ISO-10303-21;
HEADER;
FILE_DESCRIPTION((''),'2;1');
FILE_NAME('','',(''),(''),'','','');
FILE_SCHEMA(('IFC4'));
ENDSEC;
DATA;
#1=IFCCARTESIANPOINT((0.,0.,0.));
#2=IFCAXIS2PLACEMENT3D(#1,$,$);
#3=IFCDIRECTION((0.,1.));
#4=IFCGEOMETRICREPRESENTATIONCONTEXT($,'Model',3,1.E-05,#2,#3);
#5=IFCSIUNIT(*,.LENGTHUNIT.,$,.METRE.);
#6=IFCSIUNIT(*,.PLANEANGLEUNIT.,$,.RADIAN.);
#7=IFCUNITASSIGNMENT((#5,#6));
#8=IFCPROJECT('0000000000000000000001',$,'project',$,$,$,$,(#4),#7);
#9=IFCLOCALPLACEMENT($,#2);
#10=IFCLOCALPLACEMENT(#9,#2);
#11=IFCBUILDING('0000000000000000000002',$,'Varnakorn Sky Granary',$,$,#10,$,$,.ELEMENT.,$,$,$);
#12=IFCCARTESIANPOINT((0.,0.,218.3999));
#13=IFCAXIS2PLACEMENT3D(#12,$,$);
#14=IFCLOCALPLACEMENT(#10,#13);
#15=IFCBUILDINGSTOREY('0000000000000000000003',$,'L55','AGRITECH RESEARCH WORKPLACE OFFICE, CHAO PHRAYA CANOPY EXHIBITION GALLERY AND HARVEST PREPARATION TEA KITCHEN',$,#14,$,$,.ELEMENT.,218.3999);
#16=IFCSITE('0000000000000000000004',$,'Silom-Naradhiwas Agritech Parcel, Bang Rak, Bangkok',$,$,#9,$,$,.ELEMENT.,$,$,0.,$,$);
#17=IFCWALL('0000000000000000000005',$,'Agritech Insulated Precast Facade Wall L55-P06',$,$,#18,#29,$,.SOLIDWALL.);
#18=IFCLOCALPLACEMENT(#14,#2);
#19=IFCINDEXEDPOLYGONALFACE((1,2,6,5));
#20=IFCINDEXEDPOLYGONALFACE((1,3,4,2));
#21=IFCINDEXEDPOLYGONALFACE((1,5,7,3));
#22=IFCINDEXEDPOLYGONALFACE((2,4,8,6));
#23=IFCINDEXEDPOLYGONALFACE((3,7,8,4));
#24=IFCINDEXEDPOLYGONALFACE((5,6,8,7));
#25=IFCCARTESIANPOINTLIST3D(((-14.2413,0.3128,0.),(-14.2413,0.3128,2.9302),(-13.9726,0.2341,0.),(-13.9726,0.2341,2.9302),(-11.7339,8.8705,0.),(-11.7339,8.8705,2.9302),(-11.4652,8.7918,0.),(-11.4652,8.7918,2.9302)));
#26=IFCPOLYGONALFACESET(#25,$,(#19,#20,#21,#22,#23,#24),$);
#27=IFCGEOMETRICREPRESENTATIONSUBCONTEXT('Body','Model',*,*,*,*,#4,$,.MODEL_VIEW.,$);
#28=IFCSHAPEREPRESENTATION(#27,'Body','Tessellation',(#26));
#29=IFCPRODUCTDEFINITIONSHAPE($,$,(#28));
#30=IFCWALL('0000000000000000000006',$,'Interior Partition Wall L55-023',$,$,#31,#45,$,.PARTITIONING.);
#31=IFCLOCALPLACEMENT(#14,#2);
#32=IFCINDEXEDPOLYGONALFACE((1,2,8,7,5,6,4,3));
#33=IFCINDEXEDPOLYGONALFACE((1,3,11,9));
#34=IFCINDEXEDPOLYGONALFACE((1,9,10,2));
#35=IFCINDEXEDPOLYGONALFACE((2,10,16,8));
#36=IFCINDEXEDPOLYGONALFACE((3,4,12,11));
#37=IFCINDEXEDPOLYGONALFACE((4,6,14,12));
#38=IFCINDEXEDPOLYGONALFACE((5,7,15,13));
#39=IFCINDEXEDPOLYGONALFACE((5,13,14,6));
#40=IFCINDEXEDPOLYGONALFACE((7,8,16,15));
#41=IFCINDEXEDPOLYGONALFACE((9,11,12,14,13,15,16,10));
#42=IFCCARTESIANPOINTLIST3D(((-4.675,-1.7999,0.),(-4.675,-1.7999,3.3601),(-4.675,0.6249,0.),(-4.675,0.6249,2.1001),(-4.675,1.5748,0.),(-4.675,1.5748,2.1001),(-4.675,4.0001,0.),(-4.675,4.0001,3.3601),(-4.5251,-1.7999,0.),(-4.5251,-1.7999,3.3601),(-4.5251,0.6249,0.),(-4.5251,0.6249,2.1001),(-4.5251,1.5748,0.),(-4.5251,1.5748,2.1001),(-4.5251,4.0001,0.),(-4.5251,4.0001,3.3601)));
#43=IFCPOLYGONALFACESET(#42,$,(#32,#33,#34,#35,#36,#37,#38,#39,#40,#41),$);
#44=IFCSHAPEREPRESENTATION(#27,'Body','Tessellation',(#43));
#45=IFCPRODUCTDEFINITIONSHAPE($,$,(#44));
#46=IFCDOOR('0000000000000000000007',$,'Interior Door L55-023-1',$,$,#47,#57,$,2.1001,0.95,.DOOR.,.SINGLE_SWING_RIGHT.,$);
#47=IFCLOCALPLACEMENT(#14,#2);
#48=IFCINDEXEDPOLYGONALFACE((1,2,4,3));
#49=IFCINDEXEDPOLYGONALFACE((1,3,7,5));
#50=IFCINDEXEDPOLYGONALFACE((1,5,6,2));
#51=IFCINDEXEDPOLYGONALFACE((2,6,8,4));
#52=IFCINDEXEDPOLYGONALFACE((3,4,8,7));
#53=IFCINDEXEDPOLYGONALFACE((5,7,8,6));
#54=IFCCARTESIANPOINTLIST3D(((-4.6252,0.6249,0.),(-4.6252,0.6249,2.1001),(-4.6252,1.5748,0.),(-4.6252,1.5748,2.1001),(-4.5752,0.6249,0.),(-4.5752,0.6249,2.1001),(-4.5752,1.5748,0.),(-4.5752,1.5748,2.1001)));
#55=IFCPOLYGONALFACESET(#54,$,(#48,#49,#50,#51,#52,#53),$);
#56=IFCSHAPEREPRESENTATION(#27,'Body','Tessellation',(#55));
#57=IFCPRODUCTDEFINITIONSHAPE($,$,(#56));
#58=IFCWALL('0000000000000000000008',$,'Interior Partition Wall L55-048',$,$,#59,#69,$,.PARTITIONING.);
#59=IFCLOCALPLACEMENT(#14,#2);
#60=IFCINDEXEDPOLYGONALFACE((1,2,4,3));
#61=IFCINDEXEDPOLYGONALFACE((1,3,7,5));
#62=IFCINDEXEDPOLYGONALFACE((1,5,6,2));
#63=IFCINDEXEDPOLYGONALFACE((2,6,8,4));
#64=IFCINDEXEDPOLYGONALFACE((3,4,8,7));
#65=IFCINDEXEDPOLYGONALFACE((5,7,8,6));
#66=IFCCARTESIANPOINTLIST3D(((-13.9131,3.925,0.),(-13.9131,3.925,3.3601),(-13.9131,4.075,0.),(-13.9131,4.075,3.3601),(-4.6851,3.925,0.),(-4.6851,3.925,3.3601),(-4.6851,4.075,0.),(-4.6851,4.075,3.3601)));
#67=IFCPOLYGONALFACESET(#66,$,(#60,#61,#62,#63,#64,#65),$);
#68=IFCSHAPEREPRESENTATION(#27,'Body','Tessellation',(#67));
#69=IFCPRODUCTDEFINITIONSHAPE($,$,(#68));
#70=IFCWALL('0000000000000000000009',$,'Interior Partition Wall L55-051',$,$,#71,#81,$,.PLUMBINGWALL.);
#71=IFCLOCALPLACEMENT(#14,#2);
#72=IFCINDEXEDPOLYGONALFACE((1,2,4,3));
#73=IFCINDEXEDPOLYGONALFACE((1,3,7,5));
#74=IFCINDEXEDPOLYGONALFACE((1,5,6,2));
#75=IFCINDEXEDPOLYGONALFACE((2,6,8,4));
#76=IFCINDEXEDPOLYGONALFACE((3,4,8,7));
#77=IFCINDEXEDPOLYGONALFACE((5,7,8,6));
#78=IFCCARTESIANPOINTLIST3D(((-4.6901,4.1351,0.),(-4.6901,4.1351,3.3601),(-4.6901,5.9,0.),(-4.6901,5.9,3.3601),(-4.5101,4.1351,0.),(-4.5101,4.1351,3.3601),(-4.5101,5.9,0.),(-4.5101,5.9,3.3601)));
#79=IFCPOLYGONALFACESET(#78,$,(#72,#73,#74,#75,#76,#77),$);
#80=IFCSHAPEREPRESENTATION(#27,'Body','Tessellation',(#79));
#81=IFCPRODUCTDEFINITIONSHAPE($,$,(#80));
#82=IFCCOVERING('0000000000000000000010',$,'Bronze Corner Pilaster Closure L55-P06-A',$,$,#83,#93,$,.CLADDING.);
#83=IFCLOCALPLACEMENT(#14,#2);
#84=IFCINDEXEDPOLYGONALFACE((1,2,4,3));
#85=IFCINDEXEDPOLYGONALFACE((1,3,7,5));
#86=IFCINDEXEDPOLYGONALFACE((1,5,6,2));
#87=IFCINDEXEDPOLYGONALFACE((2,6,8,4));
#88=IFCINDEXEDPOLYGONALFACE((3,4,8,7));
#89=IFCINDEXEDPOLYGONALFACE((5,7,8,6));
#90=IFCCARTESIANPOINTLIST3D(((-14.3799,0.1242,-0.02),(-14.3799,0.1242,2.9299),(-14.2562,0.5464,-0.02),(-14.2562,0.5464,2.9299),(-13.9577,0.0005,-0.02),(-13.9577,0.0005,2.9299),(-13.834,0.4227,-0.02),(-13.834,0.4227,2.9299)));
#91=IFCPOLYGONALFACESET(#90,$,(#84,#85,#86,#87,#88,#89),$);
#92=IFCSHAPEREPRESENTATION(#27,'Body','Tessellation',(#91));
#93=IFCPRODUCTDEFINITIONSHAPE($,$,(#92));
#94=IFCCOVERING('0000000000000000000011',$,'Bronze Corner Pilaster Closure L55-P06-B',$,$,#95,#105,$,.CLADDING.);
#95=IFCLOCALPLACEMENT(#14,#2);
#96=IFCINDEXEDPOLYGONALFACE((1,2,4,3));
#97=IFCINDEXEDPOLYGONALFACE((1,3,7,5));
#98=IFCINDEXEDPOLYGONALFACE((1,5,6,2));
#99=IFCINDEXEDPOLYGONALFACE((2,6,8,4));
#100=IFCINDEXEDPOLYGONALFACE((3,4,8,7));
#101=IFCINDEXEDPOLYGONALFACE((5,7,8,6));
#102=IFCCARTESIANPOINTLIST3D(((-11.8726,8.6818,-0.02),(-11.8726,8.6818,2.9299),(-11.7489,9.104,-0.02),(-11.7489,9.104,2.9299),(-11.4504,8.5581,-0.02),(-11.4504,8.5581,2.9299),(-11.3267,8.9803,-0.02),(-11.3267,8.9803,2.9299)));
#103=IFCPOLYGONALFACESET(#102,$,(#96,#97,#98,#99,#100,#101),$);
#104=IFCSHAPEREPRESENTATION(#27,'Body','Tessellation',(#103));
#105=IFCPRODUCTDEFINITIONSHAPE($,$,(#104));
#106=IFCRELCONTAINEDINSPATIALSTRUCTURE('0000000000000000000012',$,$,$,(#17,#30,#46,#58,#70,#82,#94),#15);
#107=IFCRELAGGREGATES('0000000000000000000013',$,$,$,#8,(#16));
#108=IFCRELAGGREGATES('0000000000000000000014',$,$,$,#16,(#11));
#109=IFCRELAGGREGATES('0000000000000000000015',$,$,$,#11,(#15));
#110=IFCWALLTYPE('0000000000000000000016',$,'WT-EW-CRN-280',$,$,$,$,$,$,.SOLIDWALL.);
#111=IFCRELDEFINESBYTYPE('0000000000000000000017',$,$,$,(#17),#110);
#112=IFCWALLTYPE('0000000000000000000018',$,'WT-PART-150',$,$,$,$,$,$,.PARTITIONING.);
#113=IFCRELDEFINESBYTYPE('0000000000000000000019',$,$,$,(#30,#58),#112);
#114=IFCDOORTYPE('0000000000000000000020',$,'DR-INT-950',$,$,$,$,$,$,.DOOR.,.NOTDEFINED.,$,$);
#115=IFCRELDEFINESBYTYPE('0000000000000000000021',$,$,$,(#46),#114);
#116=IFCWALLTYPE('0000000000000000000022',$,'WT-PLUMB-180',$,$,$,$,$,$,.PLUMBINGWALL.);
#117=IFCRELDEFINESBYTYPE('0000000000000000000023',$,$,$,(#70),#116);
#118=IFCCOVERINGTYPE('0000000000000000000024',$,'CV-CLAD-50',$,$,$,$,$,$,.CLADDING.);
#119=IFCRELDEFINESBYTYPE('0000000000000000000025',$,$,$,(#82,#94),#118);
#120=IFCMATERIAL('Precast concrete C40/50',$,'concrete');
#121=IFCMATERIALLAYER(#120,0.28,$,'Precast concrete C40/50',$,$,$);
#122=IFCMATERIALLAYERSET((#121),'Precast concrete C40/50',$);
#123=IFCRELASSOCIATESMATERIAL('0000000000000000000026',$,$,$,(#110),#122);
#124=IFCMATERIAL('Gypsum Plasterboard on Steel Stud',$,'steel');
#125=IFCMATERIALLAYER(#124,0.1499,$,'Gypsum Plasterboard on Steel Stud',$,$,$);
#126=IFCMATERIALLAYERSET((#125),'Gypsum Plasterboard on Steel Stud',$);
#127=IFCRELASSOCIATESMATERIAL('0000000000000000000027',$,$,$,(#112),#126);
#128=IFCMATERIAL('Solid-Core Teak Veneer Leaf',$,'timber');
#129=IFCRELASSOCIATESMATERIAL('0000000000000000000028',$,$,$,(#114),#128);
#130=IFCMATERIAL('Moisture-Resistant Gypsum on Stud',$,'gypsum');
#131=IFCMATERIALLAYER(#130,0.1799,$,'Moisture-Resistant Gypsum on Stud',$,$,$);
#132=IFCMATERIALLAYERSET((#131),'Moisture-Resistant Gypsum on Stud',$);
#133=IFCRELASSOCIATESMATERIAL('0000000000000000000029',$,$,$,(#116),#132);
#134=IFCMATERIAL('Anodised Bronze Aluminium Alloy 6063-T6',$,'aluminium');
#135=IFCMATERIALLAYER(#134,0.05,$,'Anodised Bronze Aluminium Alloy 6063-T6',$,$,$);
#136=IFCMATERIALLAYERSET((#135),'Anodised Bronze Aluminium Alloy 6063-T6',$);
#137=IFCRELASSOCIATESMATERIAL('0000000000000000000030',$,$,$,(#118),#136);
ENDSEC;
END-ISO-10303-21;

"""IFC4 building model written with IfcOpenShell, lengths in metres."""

from ifc_helpers import new_model, si_unit, direction, frame, frame_2d, origin, origin_2d, place, context, subcontext, project, spatial, rectangle, extrude, source, transform, mapped, material, layer, layer_set, type_object, type_shapes, element, fill, save


model = new_model("IFC4")

# Units and contexts
model_context = context("Model", 3, precision=1e-05, world=origin(), true_north=direction((0.0, 1.0)))
body_context = subcontext(model_context, "Body", "Model", "MODEL_VIEW")
ifc_project = project(units=[si_unit("LENGTHUNIT", "METRE"), si_unit("PLANEANGLEUNIT", "RADIAN")], contexts=[model_context])

# Site, building, storey
site_placement = place(None, origin())
site = spatial("IfcSite", under=ifc_project, at=site_placement, Name="Silom-Naradhiwas Agritech Parcel, Bang Rak, Bangkok", CompositionType="ELEMENT", RefElevation=0.0)
building_placement = place(site_placement, origin())
building = spatial("IfcBuilding", under=site, at=building_placement, Name="Varnakorn Sky Granary", CompositionType="ELEMENT")
storey_placement = place(building_placement, frame((0.0, 0.0, 218.3999)))
storey = spatial("IfcBuildingStorey", under=building, at=storey_placement, Name="L55", Description="AGRITECH RESEARCH WORKPLACE OFFICE, CHAO PHRAYA CANOPY EXHIBITION GALLERY AND HARVEST PREPARATION TEA KITCHEN", CompositionType="ELEMENT", Elevation=218.3999)

# Shared definitions
ifc_material_1 = material(Name="Anodised Bronze Aluminium Alloy 6063-T6", Category="aluminium")

# Wall
ifc_material_2 = material(Name="Precast concrete C40/50", Category="concrete")
ifc_layer_1 = layer(ifc_material_2, 0.28, Name="Precast concrete C40/50")
ifc_layer_set_1 = layer_set([ifc_layer_1], Name="Precast concrete C40/50")
wall_type_1 = type_object("IfcWallType", Name="WT-EW-CRN-280", PredefinedType="SOLIDWALL", material=ifc_layer_set_1)
wall_1_placement = place(storey_placement, frame((-14.1069, 0.2734, 0.0), z_axis=(0.0, 0.0, 1.0), x_axis=(0.281173, 0.959657, 0.0)))
element("IfcWall", 1, at=wall_1_placement, inside=storey, type_object=wall_type_1, Name="Agritech Insulated Precast Facade Wall L55-P06", PredefinedType="SOLIDWALL", context=body_context, shape_type="SweptSolid", body=[
    extrude(rectangle(XDim=8.9175, YDim=0.28, at=frame_2d((4.4587, 0.0))), origin(), (0.0, 0.0, 1.0), 2.9302),
])

# Wall, opening, door
ifc_material_3 = material(Name="Gypsum Plasterboard on Steel Stud", Category="steel")
ifc_layer_2 = layer(ifc_material_3, 0.1499, Name="Gypsum Plasterboard on Steel Stud")
ifc_layer_set_2 = layer_set([ifc_layer_2], Name="Gypsum Plasterboard on Steel Stud")
wall_type_2 = type_object("IfcWallType", Name="WT-PART-150", PredefinedType="PARTITIONING", material=ifc_layer_set_2)
wall_2_placement = place(storey_placement, frame((-4.6001, 4.0, 0.0), z_axis=(0.0, 0.0, 1.0), x_axis=(0.0, -1.0, 0.0)))
wall_2 = element("IfcWall", 2, at=wall_2_placement, inside=storey, type_object=wall_type_2, Name="Interior Partition Wall L55-023", PredefinedType="PARTITIONING", context=body_context, shape_type="SweptSolid", body=[
    extrude(rectangle(XDim=5.8, YDim=0.1499, at=frame_2d((2.8999, 0.0))), origin(), (0.0, 0.0, 1.0), 3.3601),
])
opening_placement = place(wall_2_placement, frame((2.425, 0.0, 0.0)))
opening = element("IfcOpeningElement", 3, at=opening_placement, cuts=wall_2, PredefinedType="OPENING", context=body_context, shape_type="SweptSolid", body=[
    extrude(rectangle(XDim=0.95, YDim=2.1001, at=frame_2d((0.4751, 1.05))), frame((0.0, 0.085, 0.0), z_axis=(0.0, -1.0, 0.0), x_axis=(1.0, 0.0, 0.0)), (0.0, 0.0, 1.0), 0.1699),
])
ifc_material_4 = material(Name="Solid-Core Teak Veneer Leaf", Category="timber")
door_type = type_object("IfcDoorType", Name="DR-INT-950", OperationType="NOTDEFINED", PredefinedType="DOOR", material=ifc_material_4)
door_placement = place(opening_placement, origin())
door = element("IfcDoor", 4, at=door_placement, inside=storey, type_object=door_type, Name="Interior Door L55-023-1", OperationType="SINGLE_SWING_RIGHT", OverallHeight=2.1001, OverallWidth=0.95, PredefinedType="DOOR", context=body_context, shape_type="SweptSolid", body=[
    extrude(rectangle(XDim=0.95, YDim=2.1001, at=frame_2d((0.4751, 1.05))), frame((0.0, 0.0249, 0.0), z_axis=(0.0, -1.0, 0.0), x_axis=(1.0, 0.0, 0.0)), (0.0, 0.0, 1.0), 0.05),
])
fill(opening, door)

# Walls
wall_3_placement = place(storey_placement, frame((-13.9131, 4.0, 0.0), z_axis=(0.0, 0.0, 1.0), x_axis=(1.0, 0.0, 0.0)))
element("IfcWall", 5, at=wall_3_placement, inside=storey, type_object=wall_type_2, Name="Interior Partition Wall L55-048", PredefinedType="PARTITIONING", context=body_context, shape_type="SweptSolid", body=[
    extrude(rectangle(XDim=9.228, YDim=0.1499, at=frame_2d((4.614, 0.0))), origin(), (0.0, 0.0, 1.0), 3.3601),
])
ifc_material_5 = material(Name="Moisture-Resistant Gypsum on Stud", Category="gypsum")
ifc_layer_3 = layer(ifc_material_5, 0.1799, Name="Moisture-Resistant Gypsum on Stud")
ifc_layer_set_3 = layer_set([ifc_layer_3], Name="Moisture-Resistant Gypsum on Stud")
wall_type_3 = type_object("IfcWallType", Name="WT-PLUMB-180", PredefinedType="PLUMBINGWALL", material=ifc_layer_set_3)
wall_4_placement = place(storey_placement, frame((-4.6001, 5.8999, 0.0), z_axis=(0.0, 0.0, 1.0), x_axis=(0.0, -1.0, 0.0)))
element("IfcWall", 6, at=wall_4_placement, inside=storey, type_object=wall_type_3, Name="Interior Partition Wall L55-051", PredefinedType="PLUMBINGWALL", context=body_context, shape_type="SweptSolid", body=[
    extrude(rectangle(XDim=1.7649, YDim=0.1799, at=frame_2d((0.8823, 0.0))), origin(), (0.0, 0.0, 1.0), 3.3601),
])

# Coverings
ifc_layer_4 = layer(ifc_material_1, 0.05, Name="Anodised Bronze Aluminium Alloy 6063-T6")
ifc_layer_set_4 = layer_set([ifc_layer_4], Name="Anodised Bronze Aluminium Alloy 6063-T6")
covering_type = type_object("IfcCoveringType", Name="CV-CLAD-50", PredefinedType="CLADDING", material=ifc_layer_set_4)
shared_shape_1 = source(origin(), body_context, "Body", "SweptSolid", [
    extrude(rectangle(XDim=0.4399, YDim=0.4399, at=origin_2d()), origin(), (0.0, 0.0, 1.0), 2.95),
])
type_shapes(covering_type, [shared_shape_1])
for number, where, z_axis, x_axis, name in (
    (7, (-14.1069, 0.2734, -0.02), (0.0, 0.0, 1.0), (0.281169, 0.959658, 0.0), "Bronze Corner Pilaster Closure L55-P06-A"),
    (8, (-11.5996, 8.8311, -0.02), (0.0, 0.0, 1.0), (0.281169, 0.959658, 0.0), "Bronze Corner Pilaster Closure L55-P06-B"),
):
    element("IfcCovering", number, at=place(storey_placement, frame(where, z_axis=z_axis, x_axis=x_axis)), inside=storey, type_object=covering_type, Name=name, PredefinedType="CLADDING", context=body_context, shape_type="MappedRepresentation", body=[
        mapped(shared_shape_1, transform((0.0, 0.0, 0.0), x_axis=(1.0, 0.0, 0.0), y_axis=(0.0, 1.0, 0.0), z_axis=(0.0, 0.0, 1.0), scale=1.0)),
    ])

save(model, "model.ifc")
